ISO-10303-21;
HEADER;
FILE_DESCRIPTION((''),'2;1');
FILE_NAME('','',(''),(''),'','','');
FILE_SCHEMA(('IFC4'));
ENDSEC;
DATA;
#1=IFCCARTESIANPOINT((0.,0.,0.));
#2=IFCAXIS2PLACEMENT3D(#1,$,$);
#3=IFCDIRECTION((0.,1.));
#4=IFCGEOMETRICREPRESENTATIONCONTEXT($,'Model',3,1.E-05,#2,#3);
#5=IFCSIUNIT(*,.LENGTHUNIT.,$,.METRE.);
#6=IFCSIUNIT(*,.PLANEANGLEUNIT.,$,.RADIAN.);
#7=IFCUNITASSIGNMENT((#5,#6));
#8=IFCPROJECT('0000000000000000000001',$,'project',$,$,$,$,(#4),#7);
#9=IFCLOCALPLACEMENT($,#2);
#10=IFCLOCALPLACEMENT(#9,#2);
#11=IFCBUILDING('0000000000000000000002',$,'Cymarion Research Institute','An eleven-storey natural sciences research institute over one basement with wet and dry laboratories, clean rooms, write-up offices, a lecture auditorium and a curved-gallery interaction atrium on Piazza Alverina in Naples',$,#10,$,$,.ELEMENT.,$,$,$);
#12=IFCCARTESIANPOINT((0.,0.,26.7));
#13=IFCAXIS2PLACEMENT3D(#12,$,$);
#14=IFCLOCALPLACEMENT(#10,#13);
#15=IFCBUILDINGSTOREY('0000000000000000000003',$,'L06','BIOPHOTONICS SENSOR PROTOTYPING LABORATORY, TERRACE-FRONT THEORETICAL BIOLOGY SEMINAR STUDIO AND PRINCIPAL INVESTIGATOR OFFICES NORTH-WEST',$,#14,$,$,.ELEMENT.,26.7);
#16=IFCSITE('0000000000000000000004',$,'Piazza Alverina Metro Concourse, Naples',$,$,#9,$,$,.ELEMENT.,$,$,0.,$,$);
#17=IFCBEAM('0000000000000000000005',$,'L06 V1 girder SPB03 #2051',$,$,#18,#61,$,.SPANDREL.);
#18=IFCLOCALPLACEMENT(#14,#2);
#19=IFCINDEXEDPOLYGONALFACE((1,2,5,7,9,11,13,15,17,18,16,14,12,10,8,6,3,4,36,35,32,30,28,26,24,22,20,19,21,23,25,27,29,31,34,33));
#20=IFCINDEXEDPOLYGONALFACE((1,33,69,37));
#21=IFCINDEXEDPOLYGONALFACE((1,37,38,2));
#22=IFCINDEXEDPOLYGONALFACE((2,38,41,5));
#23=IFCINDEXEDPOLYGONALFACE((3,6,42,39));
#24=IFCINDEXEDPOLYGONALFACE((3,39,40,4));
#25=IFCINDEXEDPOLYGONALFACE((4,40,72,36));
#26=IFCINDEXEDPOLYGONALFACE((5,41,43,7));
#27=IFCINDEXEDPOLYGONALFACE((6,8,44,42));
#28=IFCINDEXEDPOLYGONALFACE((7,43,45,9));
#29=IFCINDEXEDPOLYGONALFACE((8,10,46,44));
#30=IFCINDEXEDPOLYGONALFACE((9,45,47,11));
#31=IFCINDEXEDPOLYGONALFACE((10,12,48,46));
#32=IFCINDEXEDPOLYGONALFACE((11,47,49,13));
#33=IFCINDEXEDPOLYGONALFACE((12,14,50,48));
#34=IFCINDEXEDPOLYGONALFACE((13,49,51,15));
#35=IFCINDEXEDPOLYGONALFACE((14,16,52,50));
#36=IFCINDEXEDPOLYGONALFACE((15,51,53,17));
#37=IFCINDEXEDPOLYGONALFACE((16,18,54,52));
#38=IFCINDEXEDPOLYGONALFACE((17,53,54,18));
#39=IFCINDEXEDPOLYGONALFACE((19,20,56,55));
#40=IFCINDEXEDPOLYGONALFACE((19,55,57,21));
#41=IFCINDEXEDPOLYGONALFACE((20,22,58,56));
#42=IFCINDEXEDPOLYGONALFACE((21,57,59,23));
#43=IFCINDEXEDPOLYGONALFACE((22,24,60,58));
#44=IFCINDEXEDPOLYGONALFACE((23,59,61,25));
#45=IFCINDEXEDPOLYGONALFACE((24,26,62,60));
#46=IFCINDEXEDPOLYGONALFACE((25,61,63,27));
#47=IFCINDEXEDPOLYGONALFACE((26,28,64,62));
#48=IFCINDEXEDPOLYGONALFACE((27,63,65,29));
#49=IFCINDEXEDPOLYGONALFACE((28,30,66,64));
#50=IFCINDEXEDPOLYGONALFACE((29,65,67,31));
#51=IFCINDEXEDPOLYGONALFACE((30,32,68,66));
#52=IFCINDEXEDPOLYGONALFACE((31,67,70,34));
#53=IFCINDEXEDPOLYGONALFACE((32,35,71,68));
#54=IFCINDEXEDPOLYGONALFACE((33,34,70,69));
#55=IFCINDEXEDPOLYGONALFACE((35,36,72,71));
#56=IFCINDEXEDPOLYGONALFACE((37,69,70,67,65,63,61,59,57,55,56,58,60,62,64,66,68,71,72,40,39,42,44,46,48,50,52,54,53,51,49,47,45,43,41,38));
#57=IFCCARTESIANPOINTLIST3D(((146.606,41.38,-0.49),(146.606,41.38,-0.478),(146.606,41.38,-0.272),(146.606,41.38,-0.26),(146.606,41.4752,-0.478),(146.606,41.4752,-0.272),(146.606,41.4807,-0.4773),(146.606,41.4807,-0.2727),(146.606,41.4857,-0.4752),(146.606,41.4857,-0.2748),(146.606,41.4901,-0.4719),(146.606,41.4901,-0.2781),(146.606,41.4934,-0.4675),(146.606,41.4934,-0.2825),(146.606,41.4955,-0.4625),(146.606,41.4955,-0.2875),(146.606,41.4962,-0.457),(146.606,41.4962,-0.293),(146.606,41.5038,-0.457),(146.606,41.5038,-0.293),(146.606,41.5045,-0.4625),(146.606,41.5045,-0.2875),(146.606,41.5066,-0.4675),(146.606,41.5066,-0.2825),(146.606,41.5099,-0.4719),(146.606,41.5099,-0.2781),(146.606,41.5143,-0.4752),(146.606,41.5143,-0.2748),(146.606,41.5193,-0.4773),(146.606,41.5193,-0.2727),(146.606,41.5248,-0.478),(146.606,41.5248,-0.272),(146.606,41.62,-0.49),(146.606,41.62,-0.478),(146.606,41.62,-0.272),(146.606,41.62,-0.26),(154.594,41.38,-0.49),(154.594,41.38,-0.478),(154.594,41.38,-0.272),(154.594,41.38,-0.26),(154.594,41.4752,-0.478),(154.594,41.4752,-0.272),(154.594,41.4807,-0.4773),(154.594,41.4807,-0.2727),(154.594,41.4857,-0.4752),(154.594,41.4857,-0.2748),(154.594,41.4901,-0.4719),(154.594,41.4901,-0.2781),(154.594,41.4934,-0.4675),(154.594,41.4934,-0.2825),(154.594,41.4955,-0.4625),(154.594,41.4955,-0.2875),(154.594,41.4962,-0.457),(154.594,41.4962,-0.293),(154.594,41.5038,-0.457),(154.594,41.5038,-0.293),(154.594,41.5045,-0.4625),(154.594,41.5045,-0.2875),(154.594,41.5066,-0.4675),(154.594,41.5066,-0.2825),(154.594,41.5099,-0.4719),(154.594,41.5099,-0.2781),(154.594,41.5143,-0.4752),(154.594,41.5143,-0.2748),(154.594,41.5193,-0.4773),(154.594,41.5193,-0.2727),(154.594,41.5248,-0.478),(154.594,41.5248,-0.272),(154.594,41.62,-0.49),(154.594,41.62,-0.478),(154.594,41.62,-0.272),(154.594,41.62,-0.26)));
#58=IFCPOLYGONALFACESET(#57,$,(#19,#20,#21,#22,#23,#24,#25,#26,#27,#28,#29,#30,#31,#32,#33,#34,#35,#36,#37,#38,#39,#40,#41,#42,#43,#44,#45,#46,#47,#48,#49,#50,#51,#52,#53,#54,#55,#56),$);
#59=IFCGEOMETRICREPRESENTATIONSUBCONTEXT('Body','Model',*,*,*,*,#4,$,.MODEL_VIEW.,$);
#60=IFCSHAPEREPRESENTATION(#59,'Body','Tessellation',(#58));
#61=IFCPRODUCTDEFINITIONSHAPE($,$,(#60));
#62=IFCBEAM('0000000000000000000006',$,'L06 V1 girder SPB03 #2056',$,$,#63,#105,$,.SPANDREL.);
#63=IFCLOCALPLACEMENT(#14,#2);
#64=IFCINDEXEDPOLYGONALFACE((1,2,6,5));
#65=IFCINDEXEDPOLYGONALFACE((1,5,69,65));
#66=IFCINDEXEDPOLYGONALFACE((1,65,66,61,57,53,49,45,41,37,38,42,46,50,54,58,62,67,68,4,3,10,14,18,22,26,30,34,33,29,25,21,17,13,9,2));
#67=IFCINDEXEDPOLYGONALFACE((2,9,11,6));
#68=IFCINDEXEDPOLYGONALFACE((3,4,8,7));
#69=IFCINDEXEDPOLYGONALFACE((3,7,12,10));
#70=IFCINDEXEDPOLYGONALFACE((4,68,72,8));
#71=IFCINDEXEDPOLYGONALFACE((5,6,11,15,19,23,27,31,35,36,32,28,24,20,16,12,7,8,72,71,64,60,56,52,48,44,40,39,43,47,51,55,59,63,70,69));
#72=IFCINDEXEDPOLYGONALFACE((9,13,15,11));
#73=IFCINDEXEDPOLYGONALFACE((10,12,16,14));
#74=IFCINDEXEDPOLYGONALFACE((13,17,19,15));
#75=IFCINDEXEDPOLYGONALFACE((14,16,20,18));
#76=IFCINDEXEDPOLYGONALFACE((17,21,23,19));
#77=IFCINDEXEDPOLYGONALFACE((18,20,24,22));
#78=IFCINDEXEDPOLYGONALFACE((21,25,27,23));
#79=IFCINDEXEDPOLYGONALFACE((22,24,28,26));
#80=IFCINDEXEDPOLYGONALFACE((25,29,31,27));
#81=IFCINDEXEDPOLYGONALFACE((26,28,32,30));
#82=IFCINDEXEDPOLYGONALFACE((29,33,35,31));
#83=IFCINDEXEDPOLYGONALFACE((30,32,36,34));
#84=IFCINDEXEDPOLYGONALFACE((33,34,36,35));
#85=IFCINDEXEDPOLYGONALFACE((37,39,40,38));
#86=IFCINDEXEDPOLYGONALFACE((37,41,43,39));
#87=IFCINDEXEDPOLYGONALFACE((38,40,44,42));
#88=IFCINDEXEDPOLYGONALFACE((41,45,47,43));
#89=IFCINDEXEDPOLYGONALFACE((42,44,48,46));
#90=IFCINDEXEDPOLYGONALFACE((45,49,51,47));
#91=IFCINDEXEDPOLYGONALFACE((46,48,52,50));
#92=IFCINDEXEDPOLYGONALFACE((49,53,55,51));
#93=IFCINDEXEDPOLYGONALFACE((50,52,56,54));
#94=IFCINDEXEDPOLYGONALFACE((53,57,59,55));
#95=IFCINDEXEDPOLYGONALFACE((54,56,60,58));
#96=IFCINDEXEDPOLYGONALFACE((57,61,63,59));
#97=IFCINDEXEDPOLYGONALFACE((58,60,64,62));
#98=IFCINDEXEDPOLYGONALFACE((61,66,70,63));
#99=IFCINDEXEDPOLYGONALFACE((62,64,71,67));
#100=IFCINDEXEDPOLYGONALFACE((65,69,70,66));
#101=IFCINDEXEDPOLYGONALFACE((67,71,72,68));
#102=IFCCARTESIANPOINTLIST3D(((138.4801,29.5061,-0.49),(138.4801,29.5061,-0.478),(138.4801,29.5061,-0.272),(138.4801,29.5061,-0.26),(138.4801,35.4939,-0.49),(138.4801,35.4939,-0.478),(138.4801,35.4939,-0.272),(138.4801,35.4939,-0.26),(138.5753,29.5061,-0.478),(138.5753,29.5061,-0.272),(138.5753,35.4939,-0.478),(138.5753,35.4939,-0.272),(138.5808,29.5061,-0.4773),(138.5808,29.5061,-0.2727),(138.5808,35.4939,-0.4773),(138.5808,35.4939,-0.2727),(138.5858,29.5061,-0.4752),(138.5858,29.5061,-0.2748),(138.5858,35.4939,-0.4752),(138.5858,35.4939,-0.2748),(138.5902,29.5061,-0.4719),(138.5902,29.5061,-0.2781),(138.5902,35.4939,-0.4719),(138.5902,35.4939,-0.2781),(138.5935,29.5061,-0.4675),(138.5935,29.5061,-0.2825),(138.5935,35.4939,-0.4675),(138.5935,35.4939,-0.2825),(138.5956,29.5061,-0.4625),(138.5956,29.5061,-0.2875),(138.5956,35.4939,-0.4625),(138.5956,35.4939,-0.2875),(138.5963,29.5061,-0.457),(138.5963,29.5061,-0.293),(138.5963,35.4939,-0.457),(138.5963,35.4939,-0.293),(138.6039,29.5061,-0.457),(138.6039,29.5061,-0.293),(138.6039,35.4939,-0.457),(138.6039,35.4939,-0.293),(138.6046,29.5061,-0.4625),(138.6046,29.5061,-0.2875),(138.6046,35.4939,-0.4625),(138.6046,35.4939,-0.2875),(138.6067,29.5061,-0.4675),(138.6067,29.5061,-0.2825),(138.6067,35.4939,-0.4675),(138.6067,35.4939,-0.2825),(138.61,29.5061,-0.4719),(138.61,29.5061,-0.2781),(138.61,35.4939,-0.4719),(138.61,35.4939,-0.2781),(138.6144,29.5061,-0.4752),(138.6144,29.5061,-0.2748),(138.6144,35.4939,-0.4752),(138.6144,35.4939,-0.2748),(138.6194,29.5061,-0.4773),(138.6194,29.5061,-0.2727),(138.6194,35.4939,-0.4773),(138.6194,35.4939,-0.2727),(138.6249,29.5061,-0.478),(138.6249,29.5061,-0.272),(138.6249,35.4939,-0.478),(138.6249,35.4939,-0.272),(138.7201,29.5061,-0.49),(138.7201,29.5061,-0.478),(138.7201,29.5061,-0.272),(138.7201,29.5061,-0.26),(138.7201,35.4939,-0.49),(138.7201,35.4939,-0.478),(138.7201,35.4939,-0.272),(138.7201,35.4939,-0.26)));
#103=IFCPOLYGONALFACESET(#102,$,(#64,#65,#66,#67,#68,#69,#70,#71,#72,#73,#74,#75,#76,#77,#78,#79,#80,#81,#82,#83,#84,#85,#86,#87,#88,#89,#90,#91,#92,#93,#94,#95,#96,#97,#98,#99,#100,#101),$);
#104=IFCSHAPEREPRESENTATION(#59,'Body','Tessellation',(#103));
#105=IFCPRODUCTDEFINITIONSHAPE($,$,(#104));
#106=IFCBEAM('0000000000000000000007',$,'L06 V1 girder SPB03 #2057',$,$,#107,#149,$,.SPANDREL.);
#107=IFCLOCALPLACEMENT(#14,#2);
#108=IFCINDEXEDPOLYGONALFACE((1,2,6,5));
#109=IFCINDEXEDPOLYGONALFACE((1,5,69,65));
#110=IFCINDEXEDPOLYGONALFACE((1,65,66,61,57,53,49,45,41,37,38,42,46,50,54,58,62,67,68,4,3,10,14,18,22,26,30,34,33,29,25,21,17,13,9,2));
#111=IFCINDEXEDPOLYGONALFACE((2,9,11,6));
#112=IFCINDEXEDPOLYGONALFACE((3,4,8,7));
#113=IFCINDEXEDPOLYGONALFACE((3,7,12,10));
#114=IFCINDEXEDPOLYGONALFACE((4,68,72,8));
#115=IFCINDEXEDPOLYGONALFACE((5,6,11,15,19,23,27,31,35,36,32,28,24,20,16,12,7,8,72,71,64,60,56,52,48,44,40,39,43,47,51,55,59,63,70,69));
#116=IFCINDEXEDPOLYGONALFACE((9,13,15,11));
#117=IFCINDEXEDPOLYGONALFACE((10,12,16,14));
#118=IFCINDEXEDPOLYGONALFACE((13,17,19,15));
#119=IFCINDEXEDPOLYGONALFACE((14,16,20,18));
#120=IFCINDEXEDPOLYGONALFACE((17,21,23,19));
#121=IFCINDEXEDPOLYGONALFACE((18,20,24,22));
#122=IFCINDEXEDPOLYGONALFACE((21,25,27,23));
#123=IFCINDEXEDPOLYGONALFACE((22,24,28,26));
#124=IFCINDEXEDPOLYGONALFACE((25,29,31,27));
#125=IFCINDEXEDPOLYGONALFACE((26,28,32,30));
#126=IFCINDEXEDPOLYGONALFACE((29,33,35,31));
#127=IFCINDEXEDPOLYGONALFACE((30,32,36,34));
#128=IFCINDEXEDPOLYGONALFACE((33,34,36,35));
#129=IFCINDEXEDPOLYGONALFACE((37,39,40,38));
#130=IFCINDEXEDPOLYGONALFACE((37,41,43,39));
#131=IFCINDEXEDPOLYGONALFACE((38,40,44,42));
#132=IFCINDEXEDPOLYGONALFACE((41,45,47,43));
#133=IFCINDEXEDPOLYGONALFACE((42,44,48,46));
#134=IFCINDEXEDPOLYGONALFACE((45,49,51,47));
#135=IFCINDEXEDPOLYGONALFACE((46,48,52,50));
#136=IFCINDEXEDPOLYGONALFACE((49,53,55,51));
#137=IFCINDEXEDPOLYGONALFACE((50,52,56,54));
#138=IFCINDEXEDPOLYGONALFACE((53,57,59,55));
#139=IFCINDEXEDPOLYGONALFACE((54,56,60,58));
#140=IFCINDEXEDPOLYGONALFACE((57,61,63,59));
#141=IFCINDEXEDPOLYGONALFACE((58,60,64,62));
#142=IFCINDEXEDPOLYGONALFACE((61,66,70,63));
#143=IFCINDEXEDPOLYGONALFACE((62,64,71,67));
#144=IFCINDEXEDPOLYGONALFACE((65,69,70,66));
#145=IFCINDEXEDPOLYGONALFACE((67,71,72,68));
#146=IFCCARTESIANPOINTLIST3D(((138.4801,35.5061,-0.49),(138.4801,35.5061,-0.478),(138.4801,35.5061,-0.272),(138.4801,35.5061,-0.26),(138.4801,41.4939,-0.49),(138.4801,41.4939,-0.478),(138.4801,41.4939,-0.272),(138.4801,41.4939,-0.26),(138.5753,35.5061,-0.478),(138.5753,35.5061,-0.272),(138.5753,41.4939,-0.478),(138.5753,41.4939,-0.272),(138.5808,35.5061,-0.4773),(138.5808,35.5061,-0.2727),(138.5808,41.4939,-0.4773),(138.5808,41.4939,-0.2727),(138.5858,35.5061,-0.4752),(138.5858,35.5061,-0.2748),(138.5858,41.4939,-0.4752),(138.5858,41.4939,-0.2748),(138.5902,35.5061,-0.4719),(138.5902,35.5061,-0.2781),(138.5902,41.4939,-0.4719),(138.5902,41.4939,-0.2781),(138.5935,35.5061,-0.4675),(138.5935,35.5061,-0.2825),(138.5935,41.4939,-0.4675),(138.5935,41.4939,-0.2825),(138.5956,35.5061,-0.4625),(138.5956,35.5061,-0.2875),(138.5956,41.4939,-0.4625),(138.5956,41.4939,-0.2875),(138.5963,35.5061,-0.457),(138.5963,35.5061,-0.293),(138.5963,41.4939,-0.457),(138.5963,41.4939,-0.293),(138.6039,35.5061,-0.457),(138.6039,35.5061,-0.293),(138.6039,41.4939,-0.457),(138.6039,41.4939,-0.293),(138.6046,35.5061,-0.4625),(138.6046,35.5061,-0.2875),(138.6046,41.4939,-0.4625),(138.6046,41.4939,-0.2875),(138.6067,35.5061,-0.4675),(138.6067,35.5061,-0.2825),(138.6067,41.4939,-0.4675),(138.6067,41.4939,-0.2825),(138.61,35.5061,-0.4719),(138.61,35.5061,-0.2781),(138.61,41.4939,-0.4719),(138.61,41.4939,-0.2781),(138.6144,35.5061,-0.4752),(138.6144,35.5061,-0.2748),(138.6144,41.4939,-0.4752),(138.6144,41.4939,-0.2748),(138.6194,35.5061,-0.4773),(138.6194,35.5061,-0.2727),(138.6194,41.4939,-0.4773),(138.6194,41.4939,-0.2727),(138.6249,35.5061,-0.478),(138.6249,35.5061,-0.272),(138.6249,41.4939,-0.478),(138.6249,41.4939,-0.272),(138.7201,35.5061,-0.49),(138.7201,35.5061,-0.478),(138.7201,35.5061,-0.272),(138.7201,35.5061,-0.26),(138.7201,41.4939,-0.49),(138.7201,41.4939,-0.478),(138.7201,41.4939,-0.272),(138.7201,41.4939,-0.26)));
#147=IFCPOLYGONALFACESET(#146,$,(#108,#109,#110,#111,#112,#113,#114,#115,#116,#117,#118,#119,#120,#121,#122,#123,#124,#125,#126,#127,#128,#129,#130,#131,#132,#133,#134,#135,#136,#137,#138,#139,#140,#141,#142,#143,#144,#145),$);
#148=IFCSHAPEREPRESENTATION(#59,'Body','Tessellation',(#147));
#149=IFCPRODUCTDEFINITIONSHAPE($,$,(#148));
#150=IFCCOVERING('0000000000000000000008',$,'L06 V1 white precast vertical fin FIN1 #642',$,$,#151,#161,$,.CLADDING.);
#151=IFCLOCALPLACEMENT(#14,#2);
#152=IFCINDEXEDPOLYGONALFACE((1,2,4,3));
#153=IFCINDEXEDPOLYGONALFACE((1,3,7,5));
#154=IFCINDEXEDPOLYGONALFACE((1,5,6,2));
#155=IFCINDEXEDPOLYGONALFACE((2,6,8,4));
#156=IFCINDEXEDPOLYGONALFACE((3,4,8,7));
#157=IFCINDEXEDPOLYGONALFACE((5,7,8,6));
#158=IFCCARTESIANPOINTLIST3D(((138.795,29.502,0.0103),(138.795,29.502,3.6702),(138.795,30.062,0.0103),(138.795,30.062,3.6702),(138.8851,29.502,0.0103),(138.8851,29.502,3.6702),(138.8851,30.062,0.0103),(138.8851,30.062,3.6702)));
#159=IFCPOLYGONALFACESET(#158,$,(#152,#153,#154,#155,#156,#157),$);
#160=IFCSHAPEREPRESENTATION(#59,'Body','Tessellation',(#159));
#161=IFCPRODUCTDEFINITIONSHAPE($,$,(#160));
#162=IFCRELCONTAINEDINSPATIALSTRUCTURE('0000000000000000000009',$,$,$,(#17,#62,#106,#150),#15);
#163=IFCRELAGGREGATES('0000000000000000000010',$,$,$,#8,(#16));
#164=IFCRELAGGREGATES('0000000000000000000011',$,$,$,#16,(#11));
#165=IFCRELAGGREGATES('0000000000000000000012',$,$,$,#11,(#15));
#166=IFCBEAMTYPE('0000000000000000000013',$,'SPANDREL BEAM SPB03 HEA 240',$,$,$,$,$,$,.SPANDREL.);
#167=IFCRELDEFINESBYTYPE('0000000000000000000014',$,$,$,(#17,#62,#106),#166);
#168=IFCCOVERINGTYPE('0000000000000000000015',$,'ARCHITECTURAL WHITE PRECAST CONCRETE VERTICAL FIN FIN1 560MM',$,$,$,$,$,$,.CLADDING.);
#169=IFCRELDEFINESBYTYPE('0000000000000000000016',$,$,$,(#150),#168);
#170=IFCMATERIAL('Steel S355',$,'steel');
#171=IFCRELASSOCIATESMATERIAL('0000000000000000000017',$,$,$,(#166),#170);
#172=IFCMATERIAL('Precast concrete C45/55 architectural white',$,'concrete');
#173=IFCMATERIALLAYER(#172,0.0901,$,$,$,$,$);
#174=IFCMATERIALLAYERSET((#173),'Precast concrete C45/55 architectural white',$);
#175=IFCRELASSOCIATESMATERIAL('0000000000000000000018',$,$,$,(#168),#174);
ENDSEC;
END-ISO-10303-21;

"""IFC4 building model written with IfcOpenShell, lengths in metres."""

from ifc_helpers import new_model, si_unit, direction, frame, origin, origin_2d, place, context, subcontext, project, spatial, rectangle, i_section, extrude, material, layer, layer_set, material_profile, profile_set, type_object, element, save


model = new_model("IFC4")

# Units and contexts
model_context = context("Model", 3, precision=1e-05, world=origin(), true_north=direction((0.0, 1.0)))
body_context = subcontext(model_context, "Body", "Model", "MODEL_VIEW")
ifc_project = project(units=[si_unit("LENGTHUNIT", "METRE"), si_unit("PLANEANGLEUNIT", "RADIAN")], contexts=[model_context])

# Site, building, storey
site_placement = place(None, origin())
site = spatial("IfcSite", under=ifc_project, at=site_placement, Name="Piazza Alverina Metro Concourse, Naples", CompositionType="ELEMENT", RefElevation=0.0)
building_placement = place(site_placement, origin())
building = spatial("IfcBuilding", under=site, at=building_placement, Name="Cymarion Research Institute", Description="An eleven-storey natural sciences research institute over one basement with wet and dry laboratories, clean rooms, write-up offices, a lecture auditorium and a curved-gallery interaction atrium on Piazza Alverina in Naples", CompositionType="ELEMENT")
storey_placement = place(building_placement, frame((0.0, 0.0, 26.7)))
storey = spatial("IfcBuildingStorey", under=building, at=storey_placement, Name="L06", Description="BIOPHOTONICS SENSOR PROTOTYPING LABORATORY, TERRACE-FRONT THEORETICAL BIOLOGY SEMINAR STUDIO AND PRINCIPAL INVESTIGATOR OFFICES NORTH-WEST", CompositionType="ELEMENT", Elevation=26.7)

# Shared definitions
ifc_material_1 = material(Name="Steel S355", Category="steel")

# Beams
ifc_material_profile_1 = material_profile(ifc_material_1, i_section(OverallWidth=0.24, OverallDepth=0.23, WebThickness=0.0076, FlangeThickness=0.012, FilletRadius=0.021, at=origin_2d()), Name="HEA 240")
ifc_profile_set_1 = profile_set([ifc_material_profile_1], Name="Steel S355")
beam_type_1 = type_object("IfcBeamType", Name="SPANDREL BEAM SPB03 HEA 240", PredefinedType="SPANDREL", material=ifc_profile_set_1)
for number, where, z_axis, x_axis, name in (
    (1, (146.606, 41.5, -0.375), (1.0, 0.0, 0.0), (0.0, 1.0, 0.0), "L06 V1 girder SPB03 #2051"),
):
    element("IfcBeam", number, at=place(storey_placement, frame(where, z_axis=z_axis, x_axis=x_axis)), inside=storey, type_object=beam_type_1, Name=name, PredefinedType="SPANDREL", context=body_context, shape_type="SweptSolid", body=[
        extrude(i_section(OverallWidth=0.24, OverallDepth=0.23, WebThickness=0.0076, FlangeThickness=0.012, FilletRadius=0.021, at=origin_2d()), origin(), (0.0, 0.0, 1.0), 7.988),
    ])
for number, where, z_axis, x_axis, name in (
    (2, (138.6001, 29.5061, -0.375), (0.0, 1.0, 0.0), (-1.0, 0.0, 0.0), "L06 V1 girder SPB03 #2056"),
    (3, (138.6001, 35.5061, -0.375), (0.0, 1.0, 0.0), (-1.0, 0.0, 0.0), "L06 V1 girder SPB03 #2057"),
):
    element("IfcBeam", number, at=place(storey_placement, frame(where, z_axis=z_axis, x_axis=x_axis)), inside=storey, type_object=beam_type_1, Name=name, PredefinedType="SPANDREL", context=body_context, shape_type="SweptSolid", body=[
        extrude(i_section(OverallWidth=0.24, OverallDepth=0.23, WebThickness=0.0076, FlangeThickness=0.012, FilletRadius=0.021, at=origin_2d()), origin(), (0.0, 0.0, 1.0), 5.9878),
    ])

# Covering
ifc_material_2 = material(Name="Precast concrete C45/55 architectural white", Category="concrete")
ifc_layer = layer(ifc_material_2, 0.0901)
ifc_layer_set = layer_set([ifc_layer], Name="Precast concrete C45/55 architectural white")
covering_type = type_object("IfcCoveringType", Name="ARCHITECTURAL WHITE PRECAST CONCRETE VERTICAL FIN FIN1 560MM", PredefinedType="CLADDING", material=ifc_layer_set)
covering_placement = place(storey_placement, frame((138.8401, 29.782, 0.0103), z_axis=(0.0, 0.0, 1.0), x_axis=(0.0, 1.0, 0.0)))
element("IfcCovering", 4, at=covering_placement, inside=storey, type_object=covering_type, Name="L06 V1 white precast vertical fin FIN1 #642", PredefinedType="CLADDING", context=body_context, shape_type="SweptSolid", body=[
    extrude(rectangle(XDim=0.5601, YDim=0.0901, at=origin_2d()), origin(), (0.0, 0.0, 1.0), 3.6599),
])

save(model, "model.ifc")
